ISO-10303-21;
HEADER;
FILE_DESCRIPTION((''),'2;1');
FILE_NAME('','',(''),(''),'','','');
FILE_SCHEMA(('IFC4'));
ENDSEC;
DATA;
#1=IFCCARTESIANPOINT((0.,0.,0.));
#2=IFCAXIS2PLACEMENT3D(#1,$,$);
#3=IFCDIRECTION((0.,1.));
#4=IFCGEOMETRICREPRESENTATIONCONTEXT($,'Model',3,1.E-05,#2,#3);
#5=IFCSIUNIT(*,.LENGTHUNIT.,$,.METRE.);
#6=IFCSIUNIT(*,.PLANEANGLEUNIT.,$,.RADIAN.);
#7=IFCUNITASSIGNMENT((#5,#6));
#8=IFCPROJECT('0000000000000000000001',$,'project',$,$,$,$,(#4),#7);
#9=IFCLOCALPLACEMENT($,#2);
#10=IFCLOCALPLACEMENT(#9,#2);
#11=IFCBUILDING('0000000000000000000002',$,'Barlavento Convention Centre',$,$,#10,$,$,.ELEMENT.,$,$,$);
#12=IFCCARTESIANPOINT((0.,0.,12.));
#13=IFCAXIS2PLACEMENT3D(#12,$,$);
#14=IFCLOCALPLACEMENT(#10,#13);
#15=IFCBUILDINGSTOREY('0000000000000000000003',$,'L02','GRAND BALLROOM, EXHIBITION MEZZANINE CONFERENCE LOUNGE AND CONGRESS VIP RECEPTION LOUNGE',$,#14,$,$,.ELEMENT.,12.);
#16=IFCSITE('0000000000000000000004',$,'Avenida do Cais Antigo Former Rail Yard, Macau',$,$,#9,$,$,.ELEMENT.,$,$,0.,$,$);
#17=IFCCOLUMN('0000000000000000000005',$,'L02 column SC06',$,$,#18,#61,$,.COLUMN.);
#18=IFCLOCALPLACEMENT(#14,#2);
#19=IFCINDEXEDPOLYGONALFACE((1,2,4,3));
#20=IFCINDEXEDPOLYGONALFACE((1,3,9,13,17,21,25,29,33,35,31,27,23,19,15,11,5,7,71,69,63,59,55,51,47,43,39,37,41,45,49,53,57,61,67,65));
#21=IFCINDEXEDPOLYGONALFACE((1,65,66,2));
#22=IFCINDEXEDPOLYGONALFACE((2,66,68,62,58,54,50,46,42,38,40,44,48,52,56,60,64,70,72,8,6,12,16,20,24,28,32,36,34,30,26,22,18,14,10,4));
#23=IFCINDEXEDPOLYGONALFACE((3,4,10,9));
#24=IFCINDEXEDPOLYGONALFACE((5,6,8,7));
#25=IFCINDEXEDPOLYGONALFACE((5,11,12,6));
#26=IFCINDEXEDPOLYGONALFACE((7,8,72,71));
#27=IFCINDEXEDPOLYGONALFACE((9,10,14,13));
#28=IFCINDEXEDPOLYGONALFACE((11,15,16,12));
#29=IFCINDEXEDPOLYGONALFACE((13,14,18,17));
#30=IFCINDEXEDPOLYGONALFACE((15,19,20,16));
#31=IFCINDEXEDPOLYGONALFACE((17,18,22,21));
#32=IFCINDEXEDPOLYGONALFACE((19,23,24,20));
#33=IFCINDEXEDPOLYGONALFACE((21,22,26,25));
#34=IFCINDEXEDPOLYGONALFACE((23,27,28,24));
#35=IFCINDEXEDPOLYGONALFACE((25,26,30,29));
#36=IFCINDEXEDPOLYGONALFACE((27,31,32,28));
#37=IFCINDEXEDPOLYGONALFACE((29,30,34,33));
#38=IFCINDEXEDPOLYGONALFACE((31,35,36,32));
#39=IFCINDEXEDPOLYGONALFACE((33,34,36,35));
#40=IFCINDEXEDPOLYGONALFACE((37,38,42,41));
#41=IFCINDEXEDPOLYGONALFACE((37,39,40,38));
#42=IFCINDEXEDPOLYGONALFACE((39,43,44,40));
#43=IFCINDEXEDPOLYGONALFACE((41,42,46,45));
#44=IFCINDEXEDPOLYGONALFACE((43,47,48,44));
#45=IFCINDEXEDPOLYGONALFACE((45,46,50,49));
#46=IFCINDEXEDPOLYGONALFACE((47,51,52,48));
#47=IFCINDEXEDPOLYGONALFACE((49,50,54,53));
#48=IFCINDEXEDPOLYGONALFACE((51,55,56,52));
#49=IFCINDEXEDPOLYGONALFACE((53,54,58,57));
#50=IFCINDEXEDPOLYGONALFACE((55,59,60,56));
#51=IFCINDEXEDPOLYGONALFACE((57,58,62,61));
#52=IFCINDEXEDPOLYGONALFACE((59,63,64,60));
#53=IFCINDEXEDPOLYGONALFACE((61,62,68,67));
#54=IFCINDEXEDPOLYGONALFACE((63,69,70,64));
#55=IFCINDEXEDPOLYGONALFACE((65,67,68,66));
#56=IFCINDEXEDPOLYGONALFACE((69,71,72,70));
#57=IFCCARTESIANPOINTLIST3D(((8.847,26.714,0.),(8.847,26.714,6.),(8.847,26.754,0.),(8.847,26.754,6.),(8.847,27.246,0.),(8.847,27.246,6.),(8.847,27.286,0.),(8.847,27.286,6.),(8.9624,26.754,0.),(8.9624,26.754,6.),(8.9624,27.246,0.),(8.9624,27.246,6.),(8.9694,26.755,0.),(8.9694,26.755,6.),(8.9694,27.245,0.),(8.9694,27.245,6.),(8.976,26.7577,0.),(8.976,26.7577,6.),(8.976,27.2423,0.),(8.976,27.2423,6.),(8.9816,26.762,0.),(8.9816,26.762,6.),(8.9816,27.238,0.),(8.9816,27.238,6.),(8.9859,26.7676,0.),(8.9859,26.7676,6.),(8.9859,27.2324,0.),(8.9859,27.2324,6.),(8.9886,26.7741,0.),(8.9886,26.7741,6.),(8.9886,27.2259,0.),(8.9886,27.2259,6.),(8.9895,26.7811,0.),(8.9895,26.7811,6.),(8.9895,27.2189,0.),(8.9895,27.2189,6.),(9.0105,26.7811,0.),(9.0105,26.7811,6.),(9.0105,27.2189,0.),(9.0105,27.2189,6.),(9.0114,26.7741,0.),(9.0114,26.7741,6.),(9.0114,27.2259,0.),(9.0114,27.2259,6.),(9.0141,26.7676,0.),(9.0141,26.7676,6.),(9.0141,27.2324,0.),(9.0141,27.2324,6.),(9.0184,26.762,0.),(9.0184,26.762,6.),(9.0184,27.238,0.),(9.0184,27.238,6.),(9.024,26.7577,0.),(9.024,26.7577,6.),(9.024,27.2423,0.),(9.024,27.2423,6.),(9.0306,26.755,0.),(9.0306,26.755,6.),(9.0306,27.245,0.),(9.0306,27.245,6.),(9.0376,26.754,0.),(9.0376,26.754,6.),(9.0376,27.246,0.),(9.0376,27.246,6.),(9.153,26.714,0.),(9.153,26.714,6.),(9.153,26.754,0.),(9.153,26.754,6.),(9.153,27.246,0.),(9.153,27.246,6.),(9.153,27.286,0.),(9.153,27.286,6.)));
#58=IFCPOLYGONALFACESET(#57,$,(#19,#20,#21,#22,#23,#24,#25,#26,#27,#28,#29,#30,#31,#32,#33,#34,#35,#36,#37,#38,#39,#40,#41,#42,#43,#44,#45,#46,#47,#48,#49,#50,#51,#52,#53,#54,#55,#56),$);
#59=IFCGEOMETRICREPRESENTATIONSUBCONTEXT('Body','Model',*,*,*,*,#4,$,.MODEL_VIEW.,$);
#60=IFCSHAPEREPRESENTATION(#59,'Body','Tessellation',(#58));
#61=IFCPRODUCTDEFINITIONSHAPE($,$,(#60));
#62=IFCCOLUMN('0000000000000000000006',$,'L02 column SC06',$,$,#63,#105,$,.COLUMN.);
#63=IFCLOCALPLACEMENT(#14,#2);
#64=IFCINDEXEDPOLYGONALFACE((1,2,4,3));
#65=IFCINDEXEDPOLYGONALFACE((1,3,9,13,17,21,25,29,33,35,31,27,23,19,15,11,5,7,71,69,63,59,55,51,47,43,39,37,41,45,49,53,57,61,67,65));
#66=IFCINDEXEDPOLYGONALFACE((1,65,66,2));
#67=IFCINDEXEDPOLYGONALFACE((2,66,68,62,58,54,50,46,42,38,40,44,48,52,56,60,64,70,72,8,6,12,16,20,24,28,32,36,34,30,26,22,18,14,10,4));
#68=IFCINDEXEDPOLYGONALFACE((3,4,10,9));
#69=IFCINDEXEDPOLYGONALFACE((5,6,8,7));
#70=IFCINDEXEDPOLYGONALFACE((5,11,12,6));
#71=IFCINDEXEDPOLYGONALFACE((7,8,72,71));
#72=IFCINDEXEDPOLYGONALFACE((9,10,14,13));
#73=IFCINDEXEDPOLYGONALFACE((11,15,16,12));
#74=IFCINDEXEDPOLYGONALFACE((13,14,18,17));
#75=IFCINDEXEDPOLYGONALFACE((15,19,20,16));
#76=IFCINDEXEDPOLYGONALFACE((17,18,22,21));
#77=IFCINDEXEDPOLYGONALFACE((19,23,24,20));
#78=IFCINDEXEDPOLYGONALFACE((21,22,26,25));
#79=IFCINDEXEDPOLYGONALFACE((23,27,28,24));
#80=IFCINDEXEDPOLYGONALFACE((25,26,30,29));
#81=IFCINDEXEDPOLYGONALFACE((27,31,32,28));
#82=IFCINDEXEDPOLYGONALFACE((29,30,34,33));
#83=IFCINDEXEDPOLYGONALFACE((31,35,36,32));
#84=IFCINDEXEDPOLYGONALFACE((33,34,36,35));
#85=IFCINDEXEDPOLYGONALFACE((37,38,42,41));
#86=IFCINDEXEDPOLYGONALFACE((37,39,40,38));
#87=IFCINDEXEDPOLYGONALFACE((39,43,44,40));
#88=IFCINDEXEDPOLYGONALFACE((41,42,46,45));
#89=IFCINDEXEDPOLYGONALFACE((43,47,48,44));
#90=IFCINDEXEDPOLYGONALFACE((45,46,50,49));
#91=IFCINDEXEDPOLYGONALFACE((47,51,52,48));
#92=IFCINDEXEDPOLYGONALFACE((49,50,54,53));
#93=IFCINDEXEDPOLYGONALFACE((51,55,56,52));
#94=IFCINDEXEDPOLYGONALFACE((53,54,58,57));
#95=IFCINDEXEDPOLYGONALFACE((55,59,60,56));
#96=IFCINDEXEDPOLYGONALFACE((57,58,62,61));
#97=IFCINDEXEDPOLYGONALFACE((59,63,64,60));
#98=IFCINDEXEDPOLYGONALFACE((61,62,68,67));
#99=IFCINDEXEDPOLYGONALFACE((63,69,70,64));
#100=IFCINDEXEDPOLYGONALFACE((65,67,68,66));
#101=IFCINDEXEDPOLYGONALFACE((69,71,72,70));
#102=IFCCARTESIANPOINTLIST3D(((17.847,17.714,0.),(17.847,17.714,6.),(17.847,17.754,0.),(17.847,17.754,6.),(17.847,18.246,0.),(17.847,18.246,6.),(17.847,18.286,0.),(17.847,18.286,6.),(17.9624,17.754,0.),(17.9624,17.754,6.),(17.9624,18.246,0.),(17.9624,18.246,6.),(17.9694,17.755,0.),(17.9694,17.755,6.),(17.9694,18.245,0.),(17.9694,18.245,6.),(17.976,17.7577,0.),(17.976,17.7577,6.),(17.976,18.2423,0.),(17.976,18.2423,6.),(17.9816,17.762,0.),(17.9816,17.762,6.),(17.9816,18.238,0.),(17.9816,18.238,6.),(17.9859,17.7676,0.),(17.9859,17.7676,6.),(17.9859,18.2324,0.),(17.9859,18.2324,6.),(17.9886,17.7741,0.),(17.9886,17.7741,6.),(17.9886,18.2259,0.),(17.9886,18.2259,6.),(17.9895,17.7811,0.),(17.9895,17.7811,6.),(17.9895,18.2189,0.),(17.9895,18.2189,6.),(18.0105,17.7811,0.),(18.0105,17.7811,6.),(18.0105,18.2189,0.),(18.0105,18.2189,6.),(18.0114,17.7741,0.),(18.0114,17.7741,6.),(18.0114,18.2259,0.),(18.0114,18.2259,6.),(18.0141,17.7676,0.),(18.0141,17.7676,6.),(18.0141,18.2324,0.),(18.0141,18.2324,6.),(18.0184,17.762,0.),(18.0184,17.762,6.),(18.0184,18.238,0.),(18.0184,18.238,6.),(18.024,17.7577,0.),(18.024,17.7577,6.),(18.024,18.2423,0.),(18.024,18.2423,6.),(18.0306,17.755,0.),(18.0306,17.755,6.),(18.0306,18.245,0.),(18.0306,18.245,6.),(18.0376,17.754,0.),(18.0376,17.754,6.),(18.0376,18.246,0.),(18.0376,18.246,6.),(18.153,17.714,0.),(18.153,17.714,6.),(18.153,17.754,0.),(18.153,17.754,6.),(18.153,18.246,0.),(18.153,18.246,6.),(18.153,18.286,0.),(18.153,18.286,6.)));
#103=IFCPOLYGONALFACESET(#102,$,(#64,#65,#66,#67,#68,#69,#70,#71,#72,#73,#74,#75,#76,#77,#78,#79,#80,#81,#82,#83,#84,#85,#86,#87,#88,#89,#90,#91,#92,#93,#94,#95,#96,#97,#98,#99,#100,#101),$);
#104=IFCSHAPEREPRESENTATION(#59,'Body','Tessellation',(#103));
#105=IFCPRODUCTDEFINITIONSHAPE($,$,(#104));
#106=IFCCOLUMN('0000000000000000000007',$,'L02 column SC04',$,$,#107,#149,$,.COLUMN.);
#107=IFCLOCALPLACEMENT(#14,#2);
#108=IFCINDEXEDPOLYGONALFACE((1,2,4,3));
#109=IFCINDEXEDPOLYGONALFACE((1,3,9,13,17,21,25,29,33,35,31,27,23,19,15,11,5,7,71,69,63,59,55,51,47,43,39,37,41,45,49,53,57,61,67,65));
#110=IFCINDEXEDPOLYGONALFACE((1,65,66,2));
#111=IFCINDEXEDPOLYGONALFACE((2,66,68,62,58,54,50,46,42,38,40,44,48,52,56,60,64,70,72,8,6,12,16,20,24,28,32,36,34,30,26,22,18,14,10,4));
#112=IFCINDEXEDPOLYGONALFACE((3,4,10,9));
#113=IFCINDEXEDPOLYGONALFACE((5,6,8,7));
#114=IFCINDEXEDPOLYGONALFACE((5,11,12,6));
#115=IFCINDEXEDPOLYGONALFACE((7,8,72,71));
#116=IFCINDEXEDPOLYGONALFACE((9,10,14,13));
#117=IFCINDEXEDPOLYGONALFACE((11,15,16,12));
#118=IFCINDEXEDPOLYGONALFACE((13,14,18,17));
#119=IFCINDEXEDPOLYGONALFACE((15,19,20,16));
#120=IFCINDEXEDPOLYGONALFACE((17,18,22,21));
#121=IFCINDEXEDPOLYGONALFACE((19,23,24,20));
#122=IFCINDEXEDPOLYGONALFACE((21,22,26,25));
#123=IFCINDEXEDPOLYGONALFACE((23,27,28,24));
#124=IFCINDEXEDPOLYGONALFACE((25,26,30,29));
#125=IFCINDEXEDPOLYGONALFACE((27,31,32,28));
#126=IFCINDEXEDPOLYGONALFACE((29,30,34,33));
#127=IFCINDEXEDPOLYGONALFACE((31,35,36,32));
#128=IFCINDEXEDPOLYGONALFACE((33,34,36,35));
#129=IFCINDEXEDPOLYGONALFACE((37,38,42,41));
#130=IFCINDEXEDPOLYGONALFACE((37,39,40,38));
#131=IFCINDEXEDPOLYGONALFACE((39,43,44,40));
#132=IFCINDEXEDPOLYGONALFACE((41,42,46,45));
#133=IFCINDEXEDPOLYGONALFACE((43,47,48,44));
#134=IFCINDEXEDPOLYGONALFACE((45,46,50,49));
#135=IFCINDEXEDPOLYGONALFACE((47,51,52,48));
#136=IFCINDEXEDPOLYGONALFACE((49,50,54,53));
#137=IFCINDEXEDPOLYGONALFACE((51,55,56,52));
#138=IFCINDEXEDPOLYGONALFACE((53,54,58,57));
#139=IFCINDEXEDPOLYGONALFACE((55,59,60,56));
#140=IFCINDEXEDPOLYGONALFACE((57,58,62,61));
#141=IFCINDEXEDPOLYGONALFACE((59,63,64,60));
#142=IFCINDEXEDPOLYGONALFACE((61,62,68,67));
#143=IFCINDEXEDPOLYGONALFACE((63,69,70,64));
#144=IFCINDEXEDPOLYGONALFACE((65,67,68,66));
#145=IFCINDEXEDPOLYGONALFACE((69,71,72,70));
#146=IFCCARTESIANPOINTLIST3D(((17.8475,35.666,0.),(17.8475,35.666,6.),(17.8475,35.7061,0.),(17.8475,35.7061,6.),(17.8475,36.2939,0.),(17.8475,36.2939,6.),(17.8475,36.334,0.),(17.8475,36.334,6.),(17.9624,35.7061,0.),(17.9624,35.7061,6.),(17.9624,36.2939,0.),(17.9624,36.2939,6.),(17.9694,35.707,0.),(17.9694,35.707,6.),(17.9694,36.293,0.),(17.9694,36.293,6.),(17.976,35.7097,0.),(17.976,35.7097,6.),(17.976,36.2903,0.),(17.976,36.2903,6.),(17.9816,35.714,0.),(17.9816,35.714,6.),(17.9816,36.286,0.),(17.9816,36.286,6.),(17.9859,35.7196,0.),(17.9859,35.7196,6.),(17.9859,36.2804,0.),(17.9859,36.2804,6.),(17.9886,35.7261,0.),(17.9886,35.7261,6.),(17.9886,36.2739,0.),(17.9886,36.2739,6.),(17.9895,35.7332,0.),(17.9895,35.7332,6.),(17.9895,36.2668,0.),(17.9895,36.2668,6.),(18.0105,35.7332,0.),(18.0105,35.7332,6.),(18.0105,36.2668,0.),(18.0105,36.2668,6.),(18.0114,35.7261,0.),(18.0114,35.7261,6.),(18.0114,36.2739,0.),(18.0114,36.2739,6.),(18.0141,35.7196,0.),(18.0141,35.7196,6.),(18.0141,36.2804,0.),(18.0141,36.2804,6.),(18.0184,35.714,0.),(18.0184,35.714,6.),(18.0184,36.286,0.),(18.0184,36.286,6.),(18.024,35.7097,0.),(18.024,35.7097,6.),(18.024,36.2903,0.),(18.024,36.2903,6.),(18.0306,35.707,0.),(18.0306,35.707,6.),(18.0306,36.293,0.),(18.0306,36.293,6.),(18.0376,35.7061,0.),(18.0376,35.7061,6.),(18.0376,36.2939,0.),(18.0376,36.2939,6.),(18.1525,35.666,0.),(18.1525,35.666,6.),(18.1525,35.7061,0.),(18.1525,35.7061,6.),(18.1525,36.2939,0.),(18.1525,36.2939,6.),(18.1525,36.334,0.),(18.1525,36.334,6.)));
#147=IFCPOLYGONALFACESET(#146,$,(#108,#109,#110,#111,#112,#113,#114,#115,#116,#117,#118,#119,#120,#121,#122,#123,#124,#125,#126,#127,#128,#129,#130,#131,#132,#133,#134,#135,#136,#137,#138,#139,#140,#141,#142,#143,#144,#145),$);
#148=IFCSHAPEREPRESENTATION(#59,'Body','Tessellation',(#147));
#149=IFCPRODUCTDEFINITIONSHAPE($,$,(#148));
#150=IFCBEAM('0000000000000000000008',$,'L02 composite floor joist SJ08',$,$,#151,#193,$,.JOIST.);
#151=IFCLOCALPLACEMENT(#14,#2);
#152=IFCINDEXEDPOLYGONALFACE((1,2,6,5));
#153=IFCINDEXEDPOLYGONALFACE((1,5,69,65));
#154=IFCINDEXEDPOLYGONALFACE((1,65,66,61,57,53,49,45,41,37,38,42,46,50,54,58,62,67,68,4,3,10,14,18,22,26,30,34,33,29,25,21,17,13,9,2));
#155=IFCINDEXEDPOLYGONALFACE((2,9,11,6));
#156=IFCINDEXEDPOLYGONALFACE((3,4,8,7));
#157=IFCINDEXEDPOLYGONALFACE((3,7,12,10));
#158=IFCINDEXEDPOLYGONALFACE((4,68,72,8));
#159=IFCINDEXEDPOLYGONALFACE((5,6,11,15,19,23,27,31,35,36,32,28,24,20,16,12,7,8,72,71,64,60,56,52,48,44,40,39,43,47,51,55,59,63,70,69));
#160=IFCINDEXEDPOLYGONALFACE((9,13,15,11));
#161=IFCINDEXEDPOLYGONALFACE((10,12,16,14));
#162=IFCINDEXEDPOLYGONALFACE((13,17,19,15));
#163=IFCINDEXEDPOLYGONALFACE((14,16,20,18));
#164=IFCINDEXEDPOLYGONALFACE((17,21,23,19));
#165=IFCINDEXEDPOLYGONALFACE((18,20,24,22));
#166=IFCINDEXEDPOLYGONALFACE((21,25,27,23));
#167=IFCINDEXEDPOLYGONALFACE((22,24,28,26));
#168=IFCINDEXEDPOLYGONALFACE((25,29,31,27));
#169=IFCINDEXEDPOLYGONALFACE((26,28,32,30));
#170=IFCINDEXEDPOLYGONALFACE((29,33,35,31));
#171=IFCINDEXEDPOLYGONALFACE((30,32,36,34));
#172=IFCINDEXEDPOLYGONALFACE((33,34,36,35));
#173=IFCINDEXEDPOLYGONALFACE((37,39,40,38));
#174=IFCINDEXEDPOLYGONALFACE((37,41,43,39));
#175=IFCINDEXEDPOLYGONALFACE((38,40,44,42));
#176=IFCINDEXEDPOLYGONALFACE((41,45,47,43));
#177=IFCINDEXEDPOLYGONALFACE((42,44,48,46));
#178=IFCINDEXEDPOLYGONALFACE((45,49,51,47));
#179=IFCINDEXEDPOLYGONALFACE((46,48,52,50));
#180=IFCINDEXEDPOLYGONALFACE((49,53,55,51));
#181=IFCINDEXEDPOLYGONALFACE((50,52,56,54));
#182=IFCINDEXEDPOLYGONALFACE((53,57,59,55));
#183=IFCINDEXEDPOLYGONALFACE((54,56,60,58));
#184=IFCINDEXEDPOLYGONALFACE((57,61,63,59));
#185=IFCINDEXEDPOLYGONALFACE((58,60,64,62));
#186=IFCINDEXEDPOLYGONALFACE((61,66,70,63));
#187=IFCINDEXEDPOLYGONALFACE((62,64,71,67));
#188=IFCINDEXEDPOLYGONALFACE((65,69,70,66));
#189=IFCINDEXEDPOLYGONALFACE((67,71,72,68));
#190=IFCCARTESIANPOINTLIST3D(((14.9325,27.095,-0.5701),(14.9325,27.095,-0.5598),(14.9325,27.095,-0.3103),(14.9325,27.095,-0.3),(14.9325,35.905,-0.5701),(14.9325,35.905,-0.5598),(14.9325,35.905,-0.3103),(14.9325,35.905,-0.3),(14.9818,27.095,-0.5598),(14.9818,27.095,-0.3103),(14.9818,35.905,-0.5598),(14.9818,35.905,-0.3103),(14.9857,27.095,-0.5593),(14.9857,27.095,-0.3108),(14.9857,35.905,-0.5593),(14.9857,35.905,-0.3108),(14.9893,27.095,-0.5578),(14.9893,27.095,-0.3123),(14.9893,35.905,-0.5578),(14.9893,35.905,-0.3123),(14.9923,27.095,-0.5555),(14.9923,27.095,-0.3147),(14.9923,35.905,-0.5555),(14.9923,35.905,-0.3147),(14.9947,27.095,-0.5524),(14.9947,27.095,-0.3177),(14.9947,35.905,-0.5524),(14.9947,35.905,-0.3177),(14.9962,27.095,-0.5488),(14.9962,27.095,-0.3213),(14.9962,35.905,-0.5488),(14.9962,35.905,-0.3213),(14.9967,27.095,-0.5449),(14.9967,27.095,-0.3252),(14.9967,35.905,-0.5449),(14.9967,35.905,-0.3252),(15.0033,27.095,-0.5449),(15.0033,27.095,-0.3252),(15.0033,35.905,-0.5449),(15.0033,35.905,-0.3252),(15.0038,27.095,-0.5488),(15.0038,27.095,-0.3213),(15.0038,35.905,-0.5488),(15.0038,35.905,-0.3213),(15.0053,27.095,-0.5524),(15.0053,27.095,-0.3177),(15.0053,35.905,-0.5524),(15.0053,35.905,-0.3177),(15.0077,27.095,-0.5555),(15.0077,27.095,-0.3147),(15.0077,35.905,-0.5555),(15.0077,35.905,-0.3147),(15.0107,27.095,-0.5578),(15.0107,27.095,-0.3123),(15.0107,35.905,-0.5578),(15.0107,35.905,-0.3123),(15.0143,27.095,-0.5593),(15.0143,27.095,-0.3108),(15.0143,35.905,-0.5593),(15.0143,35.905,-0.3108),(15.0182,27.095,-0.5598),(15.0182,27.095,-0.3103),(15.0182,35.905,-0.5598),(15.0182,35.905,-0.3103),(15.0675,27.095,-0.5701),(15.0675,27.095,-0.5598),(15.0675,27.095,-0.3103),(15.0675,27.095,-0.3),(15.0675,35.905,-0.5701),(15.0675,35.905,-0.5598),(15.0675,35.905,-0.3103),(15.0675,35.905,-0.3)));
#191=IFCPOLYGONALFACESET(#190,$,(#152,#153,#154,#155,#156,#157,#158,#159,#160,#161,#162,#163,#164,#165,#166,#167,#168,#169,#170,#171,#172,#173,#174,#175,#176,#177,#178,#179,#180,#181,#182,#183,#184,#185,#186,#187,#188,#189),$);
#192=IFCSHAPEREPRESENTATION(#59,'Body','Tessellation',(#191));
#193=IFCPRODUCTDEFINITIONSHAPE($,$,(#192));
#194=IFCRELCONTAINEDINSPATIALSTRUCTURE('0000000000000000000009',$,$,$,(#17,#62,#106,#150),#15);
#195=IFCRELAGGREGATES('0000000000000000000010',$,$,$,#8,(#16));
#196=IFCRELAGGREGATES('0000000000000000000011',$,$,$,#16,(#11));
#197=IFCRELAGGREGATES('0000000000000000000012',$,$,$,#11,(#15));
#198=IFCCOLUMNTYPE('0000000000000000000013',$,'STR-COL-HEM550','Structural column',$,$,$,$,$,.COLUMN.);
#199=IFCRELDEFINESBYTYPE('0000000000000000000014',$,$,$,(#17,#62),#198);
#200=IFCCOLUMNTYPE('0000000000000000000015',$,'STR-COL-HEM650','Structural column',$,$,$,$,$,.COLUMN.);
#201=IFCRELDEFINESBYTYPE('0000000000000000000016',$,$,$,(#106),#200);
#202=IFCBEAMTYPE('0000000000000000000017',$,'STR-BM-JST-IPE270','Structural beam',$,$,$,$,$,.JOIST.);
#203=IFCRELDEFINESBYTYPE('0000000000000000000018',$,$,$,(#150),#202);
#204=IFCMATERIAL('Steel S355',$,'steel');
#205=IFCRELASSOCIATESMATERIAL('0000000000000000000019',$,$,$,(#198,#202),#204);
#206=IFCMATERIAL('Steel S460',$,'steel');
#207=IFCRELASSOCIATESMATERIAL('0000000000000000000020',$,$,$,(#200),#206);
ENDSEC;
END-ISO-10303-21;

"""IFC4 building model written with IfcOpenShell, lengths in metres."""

from ifc_helpers import new_model, si_unit, direction, frame, origin, origin_2d, place, context, subcontext, project, spatial, i_section, extrude, material, material_profile, profile_set, type_object, element, save


model = new_model("IFC4")

# Units and contexts
model_context = context("Model", 3, precision=1e-05, world=origin(), true_north=direction((0.0, 1.0)))
body_context = subcontext(model_context, "Body", "Model", "MODEL_VIEW")
ifc_project = project(units=[si_unit("LENGTHUNIT", "METRE"), si_unit("PLANEANGLEUNIT", "RADIAN")], contexts=[model_context])

# Site, building, storey
site_placement = place(None, origin())
site = spatial("IfcSite", under=ifc_project, at=site_placement, Name="Avenida do Cais Antigo Former Rail Yard, Macau", CompositionType="ELEMENT", RefElevation=0.0)
building_placement = place(site_placement, origin())
building = spatial("IfcBuilding", under=site, at=building_placement, Name="Barlavento Convention Centre", CompositionType="ELEMENT")
storey_placement = place(building_placement, frame((0.0, 0.0, 12.0)))
storey = spatial("IfcBuildingStorey", under=building, at=storey_placement, Name="L02", Description="GRAND BALLROOM, EXHIBITION MEZZANINE CONFERENCE LOUNGE AND CONGRESS VIP RECEPTION LOUNGE", CompositionType="ELEMENT", Elevation=12.0)

# Columns
ifc_material_1 = material(Name="Steel S355", Category="steel")
ifc_material_profile_1 = material_profile(ifc_material_1, i_section(OverallWidth=0.3059, OverallDepth=0.572, WebThickness=0.021, FlangeThickness=0.04, FilletRadius=0.0271, at=origin_2d()), Name="HEM 550")
ifc_profile_set_1 = profile_set([ifc_material_profile_1], Name="Steel S355")
column_type_1 = type_object("IfcColumnType", Name="STR-COL-HEM550", Description="Structural column", PredefinedType="COLUMN", material=ifc_profile_set_1)
for number, where, z_axis, x_axis, name in (
    (1, (9.0, 27.0, 0.0), (0.0, 0.0, 1.0), (1.0, 0.0, 0.0), "L02 column SC06"),
    (2, (18.0, 18.0, 0.0), (0.0, 0.0, 1.0), (1.0, 0.0, 0.0), "L02 column SC06"),
):
    element("IfcColumn", number, at=place(storey_placement, frame(where, z_axis=z_axis, x_axis=x_axis)), inside=storey, type_object=column_type_1, Name=name, PredefinedType="COLUMN", context=body_context, shape_type="SweptSolid", body=[
        extrude(i_section(OverallWidth=0.3059, OverallDepth=0.572, WebThickness=0.021, FlangeThickness=0.04, FilletRadius=0.0271, at=origin_2d()), origin(), (0.0, 0.0, 1.0), 6.0),
    ])
ifc_material_2 = material(Name="Steel S460", Category="steel")
ifc_material_profile_2 = material_profile(ifc_material_2, i_section(OverallWidth=0.3049, OverallDepth=0.668, WebThickness=0.021, FlangeThickness=0.04, FilletRadius=0.0271, at=origin_2d()), Name="HEM 650")
ifc_profile_set_2 = profile_set([ifc_material_profile_2], Name="Steel S460")
column_type_2 = type_object("IfcColumnType", Name="STR-COL-HEM650", Description="Structural column", PredefinedType="COLUMN", material=ifc_profile_set_2)
column_placement = place(storey_placement, frame((18.0, 36.0, 0.0), z_axis=(0.0, 0.0, 1.0), x_axis=(1.0, 0.0, 0.0)))
element("IfcColumn", 3, at=column_placement, inside=storey, type_object=column_type_2, Name="L02 column SC04", PredefinedType="COLUMN", context=body_context, shape_type="SweptSolid", body=[
    extrude(i_section(OverallWidth=0.3049, OverallDepth=0.668, WebThickness=0.021, FlangeThickness=0.04, FilletRadius=0.0271, at=origin_2d()), origin(), (0.0, 0.0, 1.0), 6.0),
])

# Beam
ifc_material_profile_3 = material_profile(ifc_material_1, i_section(OverallWidth=0.135, OverallDepth=0.27, WebThickness=0.0066, FlangeThickness=0.0103, FilletRadius=0.0149, at=origin_2d()), Name="IPE 270")
ifc_profile_set_3 = profile_set([ifc_material_profile_3], Name="Steel S355")
beam_type_1 = type_object("IfcBeamType", Name="STR-BM-JST-IPE270", Description="Structural beam", PredefinedType="JOIST", material=ifc_profile_set_3)
beam_1_placement = place(storey_placement, frame((15.0, 27.095, -0.4351), z_axis=(0.0, 1.0, 0.0), x_axis=(-1.0, 0.0, 0.0)))
element("IfcBeam", 4, at=beam_1_placement, inside=storey, type_object=beam_type_1, Name="L02 composite floor joist SJ08", PredefinedType="JOIST", context=body_context, shape_type="SweptSolid", body=[
    extrude(i_section(OverallWidth=0.135, OverallDepth=0.27, WebThickness=0.0066, FlangeThickness=0.0103, FilletRadius=0.0149, at=origin_2d()), origin(), (0.0, 0.0, 1.0), 8.8101),
])

save(model, "model.ifc")
